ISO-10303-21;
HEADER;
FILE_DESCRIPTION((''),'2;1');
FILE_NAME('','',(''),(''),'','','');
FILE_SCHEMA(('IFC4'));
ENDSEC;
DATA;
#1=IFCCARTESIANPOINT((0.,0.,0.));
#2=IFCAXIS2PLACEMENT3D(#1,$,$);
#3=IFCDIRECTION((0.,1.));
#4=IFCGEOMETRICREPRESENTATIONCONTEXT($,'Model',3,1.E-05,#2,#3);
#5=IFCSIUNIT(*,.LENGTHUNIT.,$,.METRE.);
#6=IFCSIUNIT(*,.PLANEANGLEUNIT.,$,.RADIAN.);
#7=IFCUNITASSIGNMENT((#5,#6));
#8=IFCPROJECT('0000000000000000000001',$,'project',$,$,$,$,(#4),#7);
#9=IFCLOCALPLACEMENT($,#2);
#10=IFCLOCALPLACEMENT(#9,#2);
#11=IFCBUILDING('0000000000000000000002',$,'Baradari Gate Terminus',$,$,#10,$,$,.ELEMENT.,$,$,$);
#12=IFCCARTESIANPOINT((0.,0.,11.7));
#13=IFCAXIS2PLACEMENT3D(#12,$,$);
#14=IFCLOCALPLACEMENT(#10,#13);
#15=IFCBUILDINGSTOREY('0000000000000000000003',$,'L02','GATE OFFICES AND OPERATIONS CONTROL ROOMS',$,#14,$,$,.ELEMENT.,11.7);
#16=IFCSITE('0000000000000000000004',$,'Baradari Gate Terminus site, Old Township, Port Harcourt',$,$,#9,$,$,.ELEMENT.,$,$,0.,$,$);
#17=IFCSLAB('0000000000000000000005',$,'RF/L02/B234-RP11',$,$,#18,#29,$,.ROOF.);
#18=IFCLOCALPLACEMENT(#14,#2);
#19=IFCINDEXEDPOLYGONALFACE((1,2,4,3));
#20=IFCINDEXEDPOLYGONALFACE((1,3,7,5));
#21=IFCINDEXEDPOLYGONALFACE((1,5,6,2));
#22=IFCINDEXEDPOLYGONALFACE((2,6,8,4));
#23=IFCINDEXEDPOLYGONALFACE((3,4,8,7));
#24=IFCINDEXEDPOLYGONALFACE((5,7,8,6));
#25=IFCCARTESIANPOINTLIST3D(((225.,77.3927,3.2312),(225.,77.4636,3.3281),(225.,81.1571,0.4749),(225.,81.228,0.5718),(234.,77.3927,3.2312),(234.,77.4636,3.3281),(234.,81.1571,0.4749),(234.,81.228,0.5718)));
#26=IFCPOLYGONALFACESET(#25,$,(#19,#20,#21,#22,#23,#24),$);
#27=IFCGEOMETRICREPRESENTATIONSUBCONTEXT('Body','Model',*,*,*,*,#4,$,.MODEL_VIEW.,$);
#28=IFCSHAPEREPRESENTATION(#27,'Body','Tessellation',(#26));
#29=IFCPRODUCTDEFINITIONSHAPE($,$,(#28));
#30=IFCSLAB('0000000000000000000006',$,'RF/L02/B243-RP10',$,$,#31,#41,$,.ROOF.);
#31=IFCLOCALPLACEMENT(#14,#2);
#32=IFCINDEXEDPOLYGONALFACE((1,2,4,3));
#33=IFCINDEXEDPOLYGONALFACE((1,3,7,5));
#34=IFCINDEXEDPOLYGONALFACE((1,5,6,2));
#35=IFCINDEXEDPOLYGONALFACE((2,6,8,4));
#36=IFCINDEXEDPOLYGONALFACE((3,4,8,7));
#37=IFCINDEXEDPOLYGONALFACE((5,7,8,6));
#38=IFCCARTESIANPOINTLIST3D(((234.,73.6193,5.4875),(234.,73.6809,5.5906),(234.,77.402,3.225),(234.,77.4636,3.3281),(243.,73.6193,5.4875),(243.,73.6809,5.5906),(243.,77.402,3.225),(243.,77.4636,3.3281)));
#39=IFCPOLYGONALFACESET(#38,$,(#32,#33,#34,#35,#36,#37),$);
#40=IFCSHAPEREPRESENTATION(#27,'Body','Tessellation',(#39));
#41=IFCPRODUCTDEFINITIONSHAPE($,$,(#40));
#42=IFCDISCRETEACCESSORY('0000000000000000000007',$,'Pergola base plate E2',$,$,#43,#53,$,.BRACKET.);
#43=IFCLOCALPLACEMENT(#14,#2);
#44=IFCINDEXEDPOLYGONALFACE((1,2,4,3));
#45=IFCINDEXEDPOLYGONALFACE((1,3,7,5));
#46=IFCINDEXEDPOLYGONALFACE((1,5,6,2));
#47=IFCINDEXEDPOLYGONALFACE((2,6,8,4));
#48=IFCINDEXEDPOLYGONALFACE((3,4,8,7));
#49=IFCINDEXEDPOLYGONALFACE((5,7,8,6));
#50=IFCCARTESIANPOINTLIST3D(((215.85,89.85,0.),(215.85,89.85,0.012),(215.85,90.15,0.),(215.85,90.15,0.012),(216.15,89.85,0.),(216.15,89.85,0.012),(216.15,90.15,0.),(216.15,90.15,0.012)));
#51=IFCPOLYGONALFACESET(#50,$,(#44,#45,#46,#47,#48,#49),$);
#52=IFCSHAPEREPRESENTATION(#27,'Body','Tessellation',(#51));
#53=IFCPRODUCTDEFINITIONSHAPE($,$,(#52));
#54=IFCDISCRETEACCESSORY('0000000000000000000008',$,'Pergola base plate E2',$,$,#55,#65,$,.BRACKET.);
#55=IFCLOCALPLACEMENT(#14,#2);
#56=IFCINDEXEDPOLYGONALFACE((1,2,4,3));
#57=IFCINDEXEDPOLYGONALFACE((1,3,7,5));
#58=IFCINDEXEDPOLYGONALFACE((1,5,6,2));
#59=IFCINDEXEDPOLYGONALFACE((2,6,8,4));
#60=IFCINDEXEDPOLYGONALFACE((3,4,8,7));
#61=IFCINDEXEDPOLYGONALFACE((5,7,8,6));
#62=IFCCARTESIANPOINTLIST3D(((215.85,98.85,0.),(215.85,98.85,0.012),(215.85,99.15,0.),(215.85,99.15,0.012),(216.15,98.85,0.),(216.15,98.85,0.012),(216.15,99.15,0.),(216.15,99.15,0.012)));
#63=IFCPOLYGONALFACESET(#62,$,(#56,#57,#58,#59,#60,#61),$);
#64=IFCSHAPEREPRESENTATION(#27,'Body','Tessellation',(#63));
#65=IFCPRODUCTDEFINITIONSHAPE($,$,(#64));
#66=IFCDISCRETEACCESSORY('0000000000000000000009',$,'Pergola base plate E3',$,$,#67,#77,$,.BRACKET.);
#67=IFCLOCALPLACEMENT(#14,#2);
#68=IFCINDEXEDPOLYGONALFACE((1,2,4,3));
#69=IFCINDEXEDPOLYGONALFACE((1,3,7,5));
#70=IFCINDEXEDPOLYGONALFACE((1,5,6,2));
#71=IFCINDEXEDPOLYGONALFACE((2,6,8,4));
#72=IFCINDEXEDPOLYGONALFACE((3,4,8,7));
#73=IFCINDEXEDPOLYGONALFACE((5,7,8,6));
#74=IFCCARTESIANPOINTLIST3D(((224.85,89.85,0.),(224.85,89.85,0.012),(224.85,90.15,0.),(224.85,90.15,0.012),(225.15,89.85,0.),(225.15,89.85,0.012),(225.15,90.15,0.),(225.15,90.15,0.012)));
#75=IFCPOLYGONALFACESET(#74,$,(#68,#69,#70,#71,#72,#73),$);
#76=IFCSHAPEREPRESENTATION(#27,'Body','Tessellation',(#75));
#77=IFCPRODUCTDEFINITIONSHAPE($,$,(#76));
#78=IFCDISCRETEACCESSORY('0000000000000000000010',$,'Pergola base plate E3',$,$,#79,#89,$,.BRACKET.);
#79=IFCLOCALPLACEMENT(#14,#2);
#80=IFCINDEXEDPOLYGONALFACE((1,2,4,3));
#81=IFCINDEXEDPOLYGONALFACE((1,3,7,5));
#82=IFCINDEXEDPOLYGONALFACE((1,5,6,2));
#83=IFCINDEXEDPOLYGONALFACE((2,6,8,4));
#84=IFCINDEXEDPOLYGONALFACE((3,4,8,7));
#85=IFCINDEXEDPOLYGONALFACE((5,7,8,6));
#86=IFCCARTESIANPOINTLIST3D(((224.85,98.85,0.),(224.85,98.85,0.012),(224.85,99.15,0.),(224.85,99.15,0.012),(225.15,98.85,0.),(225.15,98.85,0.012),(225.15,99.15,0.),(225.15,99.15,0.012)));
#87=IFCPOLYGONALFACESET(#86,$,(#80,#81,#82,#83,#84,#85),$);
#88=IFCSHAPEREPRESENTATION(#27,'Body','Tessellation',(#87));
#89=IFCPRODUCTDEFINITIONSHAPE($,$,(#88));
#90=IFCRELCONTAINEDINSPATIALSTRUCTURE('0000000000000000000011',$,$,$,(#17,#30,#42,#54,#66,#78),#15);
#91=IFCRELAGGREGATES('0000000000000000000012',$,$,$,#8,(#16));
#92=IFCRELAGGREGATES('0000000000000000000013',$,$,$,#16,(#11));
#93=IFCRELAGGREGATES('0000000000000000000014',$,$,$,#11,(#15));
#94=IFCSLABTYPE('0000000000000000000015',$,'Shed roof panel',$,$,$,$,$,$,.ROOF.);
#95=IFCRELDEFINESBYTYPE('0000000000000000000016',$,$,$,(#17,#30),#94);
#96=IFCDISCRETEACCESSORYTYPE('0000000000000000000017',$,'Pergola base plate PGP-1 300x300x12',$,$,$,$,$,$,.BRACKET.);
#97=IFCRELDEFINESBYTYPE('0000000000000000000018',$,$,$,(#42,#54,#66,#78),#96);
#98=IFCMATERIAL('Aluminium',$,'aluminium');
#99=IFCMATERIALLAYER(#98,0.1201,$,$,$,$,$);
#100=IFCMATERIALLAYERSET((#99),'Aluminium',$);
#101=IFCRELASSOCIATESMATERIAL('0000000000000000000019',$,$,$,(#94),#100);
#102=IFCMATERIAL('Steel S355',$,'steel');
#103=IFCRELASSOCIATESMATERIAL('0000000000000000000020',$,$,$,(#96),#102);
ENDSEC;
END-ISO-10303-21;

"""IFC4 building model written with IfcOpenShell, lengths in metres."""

from ifc_helpers import new_model, si_unit, direction, frame, origin, origin_2d, place, context, subcontext, project, spatial, polyline, rectangle, outline, extrude, material, layer, layer_set, type_object, element, save


model = new_model("IFC4")

# Units and contexts
model_context = context("Model", 3, precision=1e-05, world=origin(), true_north=direction((0.0, 1.0)))
body_context = subcontext(model_context, "Body", "Model", "MODEL_VIEW")
ifc_project = project(units=[si_unit("LENGTHUNIT", "METRE"), si_unit("PLANEANGLEUNIT", "RADIAN")], contexts=[model_context])

# Site, building, storey
site_placement = place(None, origin())
site = spatial("IfcSite", under=ifc_project, at=site_placement, Name="Baradari Gate Terminus site, Old Township, Port Harcourt", CompositionType="ELEMENT", RefElevation=0.0)
building_placement = place(site_placement, origin())
building = spatial("IfcBuilding", under=site, at=building_placement, Name="Baradari Gate Terminus", CompositionType="ELEMENT")
storey_placement = place(building_placement, frame((0.0, 0.0, 11.7)))
storey = spatial("IfcBuildingStorey", under=building, at=storey_placement, Name="L02", Description="GATE OFFICES AND OPERATIONS CONTROL ROOMS", CompositionType="ELEMENT", Elevation=11.7)

# Slabs
ifc_material_1 = material(Name="Aluminium", Category="aluminium")
ifc_layer = layer(ifc_material_1, 0.1201)
ifc_layer_set = layer_set([ifc_layer], Name="Aluminium")
slab_type = type_object("IfcSlabType", Name="Shed roof panel", PredefinedType="ROOF", material=ifc_layer_set)
slab_1_placement = place(storey_placement, frame((225.0, 77.4636, 3.3281), z_axis=(0.0, 0.590776, 0.806836), x_axis=(1.0, 0.0, 0.0)))
element("IfcSlab", 1, at=slab_1_placement, inside=storey, type_object=slab_type, Name="RF/L02/B234-RP11", PredefinedType="ROOF", context=body_context, shape_type="SweptSolid", body=[
    extrude(outline(polyline([(0.0, 0.0), (9.0, 0.0), (9.0, 4.6656), (0.0, 4.6656), (0.0, 0.0)])), origin(), (0.0, 0.0, -1.0), 0.1201),
])
slab_2_placement = place(storey_placement, frame((234.0, 73.6809, 5.5906), z_axis=(0.0, 0.513298, 0.858211), x_axis=(1.0, 0.0, 0.0)))
element("IfcSlab", 2, at=slab_2_placement, inside=storey, type_object=slab_type, Name="RF/L02/B243-RP10", PredefinedType="ROOF", context=body_context, shape_type="SweptSolid", body=[
    extrude(outline(polyline([(0.0, 0.0), (9.0, 0.0), (9.0, 4.4077), (0.0, 4.4077), (0.0, 0.0)])), origin(), (0.0, 0.0, -1.0), 0.1201),
])

# Discrete accessories
ifc_material_2 = material(Name="Steel S355", Category="steel")
discrete_accessory_type = type_object("IfcDiscreteAccessoryType", Name="Pergola base plate PGP-1 300x300x12", PredefinedType="BRACKET", material=ifc_material_2)
for number, where, z_axis, x_axis, name in (
    (3, (216.0, 90.0, 0.0), (0.0, 0.0, 1.0), (1.0, 0.0, 0.0), "Pergola base plate E2"),
    (4, (216.0, 99.0, 0.0), (0.0, 0.0, 1.0), (1.0, 0.0, 0.0), "Pergola base plate E2"),
    (5, (225.0, 90.0, 0.0), (0.0, 0.0, 1.0), (1.0, 0.0, 0.0), "Pergola base plate E3"),
    (6, (225.0, 99.0, 0.0), (0.0, 0.0, 1.0), (1.0, 0.0, 0.0), "Pergola base plate E3"),
):
    element("IfcDiscreteAccessory", number, at=place(storey_placement, frame(where, z_axis=z_axis, x_axis=x_axis)), inside=storey, type_object=discrete_accessory_type, Name=name, PredefinedType="BRACKET", context=body_context, shape_type="SweptSolid", body=[
        extrude(rectangle(XDim=0.3, YDim=0.3, at=origin_2d()), origin(), (0.0, 0.0, 1.0), 0.012),
    ])

save(model, "model.ifc")
